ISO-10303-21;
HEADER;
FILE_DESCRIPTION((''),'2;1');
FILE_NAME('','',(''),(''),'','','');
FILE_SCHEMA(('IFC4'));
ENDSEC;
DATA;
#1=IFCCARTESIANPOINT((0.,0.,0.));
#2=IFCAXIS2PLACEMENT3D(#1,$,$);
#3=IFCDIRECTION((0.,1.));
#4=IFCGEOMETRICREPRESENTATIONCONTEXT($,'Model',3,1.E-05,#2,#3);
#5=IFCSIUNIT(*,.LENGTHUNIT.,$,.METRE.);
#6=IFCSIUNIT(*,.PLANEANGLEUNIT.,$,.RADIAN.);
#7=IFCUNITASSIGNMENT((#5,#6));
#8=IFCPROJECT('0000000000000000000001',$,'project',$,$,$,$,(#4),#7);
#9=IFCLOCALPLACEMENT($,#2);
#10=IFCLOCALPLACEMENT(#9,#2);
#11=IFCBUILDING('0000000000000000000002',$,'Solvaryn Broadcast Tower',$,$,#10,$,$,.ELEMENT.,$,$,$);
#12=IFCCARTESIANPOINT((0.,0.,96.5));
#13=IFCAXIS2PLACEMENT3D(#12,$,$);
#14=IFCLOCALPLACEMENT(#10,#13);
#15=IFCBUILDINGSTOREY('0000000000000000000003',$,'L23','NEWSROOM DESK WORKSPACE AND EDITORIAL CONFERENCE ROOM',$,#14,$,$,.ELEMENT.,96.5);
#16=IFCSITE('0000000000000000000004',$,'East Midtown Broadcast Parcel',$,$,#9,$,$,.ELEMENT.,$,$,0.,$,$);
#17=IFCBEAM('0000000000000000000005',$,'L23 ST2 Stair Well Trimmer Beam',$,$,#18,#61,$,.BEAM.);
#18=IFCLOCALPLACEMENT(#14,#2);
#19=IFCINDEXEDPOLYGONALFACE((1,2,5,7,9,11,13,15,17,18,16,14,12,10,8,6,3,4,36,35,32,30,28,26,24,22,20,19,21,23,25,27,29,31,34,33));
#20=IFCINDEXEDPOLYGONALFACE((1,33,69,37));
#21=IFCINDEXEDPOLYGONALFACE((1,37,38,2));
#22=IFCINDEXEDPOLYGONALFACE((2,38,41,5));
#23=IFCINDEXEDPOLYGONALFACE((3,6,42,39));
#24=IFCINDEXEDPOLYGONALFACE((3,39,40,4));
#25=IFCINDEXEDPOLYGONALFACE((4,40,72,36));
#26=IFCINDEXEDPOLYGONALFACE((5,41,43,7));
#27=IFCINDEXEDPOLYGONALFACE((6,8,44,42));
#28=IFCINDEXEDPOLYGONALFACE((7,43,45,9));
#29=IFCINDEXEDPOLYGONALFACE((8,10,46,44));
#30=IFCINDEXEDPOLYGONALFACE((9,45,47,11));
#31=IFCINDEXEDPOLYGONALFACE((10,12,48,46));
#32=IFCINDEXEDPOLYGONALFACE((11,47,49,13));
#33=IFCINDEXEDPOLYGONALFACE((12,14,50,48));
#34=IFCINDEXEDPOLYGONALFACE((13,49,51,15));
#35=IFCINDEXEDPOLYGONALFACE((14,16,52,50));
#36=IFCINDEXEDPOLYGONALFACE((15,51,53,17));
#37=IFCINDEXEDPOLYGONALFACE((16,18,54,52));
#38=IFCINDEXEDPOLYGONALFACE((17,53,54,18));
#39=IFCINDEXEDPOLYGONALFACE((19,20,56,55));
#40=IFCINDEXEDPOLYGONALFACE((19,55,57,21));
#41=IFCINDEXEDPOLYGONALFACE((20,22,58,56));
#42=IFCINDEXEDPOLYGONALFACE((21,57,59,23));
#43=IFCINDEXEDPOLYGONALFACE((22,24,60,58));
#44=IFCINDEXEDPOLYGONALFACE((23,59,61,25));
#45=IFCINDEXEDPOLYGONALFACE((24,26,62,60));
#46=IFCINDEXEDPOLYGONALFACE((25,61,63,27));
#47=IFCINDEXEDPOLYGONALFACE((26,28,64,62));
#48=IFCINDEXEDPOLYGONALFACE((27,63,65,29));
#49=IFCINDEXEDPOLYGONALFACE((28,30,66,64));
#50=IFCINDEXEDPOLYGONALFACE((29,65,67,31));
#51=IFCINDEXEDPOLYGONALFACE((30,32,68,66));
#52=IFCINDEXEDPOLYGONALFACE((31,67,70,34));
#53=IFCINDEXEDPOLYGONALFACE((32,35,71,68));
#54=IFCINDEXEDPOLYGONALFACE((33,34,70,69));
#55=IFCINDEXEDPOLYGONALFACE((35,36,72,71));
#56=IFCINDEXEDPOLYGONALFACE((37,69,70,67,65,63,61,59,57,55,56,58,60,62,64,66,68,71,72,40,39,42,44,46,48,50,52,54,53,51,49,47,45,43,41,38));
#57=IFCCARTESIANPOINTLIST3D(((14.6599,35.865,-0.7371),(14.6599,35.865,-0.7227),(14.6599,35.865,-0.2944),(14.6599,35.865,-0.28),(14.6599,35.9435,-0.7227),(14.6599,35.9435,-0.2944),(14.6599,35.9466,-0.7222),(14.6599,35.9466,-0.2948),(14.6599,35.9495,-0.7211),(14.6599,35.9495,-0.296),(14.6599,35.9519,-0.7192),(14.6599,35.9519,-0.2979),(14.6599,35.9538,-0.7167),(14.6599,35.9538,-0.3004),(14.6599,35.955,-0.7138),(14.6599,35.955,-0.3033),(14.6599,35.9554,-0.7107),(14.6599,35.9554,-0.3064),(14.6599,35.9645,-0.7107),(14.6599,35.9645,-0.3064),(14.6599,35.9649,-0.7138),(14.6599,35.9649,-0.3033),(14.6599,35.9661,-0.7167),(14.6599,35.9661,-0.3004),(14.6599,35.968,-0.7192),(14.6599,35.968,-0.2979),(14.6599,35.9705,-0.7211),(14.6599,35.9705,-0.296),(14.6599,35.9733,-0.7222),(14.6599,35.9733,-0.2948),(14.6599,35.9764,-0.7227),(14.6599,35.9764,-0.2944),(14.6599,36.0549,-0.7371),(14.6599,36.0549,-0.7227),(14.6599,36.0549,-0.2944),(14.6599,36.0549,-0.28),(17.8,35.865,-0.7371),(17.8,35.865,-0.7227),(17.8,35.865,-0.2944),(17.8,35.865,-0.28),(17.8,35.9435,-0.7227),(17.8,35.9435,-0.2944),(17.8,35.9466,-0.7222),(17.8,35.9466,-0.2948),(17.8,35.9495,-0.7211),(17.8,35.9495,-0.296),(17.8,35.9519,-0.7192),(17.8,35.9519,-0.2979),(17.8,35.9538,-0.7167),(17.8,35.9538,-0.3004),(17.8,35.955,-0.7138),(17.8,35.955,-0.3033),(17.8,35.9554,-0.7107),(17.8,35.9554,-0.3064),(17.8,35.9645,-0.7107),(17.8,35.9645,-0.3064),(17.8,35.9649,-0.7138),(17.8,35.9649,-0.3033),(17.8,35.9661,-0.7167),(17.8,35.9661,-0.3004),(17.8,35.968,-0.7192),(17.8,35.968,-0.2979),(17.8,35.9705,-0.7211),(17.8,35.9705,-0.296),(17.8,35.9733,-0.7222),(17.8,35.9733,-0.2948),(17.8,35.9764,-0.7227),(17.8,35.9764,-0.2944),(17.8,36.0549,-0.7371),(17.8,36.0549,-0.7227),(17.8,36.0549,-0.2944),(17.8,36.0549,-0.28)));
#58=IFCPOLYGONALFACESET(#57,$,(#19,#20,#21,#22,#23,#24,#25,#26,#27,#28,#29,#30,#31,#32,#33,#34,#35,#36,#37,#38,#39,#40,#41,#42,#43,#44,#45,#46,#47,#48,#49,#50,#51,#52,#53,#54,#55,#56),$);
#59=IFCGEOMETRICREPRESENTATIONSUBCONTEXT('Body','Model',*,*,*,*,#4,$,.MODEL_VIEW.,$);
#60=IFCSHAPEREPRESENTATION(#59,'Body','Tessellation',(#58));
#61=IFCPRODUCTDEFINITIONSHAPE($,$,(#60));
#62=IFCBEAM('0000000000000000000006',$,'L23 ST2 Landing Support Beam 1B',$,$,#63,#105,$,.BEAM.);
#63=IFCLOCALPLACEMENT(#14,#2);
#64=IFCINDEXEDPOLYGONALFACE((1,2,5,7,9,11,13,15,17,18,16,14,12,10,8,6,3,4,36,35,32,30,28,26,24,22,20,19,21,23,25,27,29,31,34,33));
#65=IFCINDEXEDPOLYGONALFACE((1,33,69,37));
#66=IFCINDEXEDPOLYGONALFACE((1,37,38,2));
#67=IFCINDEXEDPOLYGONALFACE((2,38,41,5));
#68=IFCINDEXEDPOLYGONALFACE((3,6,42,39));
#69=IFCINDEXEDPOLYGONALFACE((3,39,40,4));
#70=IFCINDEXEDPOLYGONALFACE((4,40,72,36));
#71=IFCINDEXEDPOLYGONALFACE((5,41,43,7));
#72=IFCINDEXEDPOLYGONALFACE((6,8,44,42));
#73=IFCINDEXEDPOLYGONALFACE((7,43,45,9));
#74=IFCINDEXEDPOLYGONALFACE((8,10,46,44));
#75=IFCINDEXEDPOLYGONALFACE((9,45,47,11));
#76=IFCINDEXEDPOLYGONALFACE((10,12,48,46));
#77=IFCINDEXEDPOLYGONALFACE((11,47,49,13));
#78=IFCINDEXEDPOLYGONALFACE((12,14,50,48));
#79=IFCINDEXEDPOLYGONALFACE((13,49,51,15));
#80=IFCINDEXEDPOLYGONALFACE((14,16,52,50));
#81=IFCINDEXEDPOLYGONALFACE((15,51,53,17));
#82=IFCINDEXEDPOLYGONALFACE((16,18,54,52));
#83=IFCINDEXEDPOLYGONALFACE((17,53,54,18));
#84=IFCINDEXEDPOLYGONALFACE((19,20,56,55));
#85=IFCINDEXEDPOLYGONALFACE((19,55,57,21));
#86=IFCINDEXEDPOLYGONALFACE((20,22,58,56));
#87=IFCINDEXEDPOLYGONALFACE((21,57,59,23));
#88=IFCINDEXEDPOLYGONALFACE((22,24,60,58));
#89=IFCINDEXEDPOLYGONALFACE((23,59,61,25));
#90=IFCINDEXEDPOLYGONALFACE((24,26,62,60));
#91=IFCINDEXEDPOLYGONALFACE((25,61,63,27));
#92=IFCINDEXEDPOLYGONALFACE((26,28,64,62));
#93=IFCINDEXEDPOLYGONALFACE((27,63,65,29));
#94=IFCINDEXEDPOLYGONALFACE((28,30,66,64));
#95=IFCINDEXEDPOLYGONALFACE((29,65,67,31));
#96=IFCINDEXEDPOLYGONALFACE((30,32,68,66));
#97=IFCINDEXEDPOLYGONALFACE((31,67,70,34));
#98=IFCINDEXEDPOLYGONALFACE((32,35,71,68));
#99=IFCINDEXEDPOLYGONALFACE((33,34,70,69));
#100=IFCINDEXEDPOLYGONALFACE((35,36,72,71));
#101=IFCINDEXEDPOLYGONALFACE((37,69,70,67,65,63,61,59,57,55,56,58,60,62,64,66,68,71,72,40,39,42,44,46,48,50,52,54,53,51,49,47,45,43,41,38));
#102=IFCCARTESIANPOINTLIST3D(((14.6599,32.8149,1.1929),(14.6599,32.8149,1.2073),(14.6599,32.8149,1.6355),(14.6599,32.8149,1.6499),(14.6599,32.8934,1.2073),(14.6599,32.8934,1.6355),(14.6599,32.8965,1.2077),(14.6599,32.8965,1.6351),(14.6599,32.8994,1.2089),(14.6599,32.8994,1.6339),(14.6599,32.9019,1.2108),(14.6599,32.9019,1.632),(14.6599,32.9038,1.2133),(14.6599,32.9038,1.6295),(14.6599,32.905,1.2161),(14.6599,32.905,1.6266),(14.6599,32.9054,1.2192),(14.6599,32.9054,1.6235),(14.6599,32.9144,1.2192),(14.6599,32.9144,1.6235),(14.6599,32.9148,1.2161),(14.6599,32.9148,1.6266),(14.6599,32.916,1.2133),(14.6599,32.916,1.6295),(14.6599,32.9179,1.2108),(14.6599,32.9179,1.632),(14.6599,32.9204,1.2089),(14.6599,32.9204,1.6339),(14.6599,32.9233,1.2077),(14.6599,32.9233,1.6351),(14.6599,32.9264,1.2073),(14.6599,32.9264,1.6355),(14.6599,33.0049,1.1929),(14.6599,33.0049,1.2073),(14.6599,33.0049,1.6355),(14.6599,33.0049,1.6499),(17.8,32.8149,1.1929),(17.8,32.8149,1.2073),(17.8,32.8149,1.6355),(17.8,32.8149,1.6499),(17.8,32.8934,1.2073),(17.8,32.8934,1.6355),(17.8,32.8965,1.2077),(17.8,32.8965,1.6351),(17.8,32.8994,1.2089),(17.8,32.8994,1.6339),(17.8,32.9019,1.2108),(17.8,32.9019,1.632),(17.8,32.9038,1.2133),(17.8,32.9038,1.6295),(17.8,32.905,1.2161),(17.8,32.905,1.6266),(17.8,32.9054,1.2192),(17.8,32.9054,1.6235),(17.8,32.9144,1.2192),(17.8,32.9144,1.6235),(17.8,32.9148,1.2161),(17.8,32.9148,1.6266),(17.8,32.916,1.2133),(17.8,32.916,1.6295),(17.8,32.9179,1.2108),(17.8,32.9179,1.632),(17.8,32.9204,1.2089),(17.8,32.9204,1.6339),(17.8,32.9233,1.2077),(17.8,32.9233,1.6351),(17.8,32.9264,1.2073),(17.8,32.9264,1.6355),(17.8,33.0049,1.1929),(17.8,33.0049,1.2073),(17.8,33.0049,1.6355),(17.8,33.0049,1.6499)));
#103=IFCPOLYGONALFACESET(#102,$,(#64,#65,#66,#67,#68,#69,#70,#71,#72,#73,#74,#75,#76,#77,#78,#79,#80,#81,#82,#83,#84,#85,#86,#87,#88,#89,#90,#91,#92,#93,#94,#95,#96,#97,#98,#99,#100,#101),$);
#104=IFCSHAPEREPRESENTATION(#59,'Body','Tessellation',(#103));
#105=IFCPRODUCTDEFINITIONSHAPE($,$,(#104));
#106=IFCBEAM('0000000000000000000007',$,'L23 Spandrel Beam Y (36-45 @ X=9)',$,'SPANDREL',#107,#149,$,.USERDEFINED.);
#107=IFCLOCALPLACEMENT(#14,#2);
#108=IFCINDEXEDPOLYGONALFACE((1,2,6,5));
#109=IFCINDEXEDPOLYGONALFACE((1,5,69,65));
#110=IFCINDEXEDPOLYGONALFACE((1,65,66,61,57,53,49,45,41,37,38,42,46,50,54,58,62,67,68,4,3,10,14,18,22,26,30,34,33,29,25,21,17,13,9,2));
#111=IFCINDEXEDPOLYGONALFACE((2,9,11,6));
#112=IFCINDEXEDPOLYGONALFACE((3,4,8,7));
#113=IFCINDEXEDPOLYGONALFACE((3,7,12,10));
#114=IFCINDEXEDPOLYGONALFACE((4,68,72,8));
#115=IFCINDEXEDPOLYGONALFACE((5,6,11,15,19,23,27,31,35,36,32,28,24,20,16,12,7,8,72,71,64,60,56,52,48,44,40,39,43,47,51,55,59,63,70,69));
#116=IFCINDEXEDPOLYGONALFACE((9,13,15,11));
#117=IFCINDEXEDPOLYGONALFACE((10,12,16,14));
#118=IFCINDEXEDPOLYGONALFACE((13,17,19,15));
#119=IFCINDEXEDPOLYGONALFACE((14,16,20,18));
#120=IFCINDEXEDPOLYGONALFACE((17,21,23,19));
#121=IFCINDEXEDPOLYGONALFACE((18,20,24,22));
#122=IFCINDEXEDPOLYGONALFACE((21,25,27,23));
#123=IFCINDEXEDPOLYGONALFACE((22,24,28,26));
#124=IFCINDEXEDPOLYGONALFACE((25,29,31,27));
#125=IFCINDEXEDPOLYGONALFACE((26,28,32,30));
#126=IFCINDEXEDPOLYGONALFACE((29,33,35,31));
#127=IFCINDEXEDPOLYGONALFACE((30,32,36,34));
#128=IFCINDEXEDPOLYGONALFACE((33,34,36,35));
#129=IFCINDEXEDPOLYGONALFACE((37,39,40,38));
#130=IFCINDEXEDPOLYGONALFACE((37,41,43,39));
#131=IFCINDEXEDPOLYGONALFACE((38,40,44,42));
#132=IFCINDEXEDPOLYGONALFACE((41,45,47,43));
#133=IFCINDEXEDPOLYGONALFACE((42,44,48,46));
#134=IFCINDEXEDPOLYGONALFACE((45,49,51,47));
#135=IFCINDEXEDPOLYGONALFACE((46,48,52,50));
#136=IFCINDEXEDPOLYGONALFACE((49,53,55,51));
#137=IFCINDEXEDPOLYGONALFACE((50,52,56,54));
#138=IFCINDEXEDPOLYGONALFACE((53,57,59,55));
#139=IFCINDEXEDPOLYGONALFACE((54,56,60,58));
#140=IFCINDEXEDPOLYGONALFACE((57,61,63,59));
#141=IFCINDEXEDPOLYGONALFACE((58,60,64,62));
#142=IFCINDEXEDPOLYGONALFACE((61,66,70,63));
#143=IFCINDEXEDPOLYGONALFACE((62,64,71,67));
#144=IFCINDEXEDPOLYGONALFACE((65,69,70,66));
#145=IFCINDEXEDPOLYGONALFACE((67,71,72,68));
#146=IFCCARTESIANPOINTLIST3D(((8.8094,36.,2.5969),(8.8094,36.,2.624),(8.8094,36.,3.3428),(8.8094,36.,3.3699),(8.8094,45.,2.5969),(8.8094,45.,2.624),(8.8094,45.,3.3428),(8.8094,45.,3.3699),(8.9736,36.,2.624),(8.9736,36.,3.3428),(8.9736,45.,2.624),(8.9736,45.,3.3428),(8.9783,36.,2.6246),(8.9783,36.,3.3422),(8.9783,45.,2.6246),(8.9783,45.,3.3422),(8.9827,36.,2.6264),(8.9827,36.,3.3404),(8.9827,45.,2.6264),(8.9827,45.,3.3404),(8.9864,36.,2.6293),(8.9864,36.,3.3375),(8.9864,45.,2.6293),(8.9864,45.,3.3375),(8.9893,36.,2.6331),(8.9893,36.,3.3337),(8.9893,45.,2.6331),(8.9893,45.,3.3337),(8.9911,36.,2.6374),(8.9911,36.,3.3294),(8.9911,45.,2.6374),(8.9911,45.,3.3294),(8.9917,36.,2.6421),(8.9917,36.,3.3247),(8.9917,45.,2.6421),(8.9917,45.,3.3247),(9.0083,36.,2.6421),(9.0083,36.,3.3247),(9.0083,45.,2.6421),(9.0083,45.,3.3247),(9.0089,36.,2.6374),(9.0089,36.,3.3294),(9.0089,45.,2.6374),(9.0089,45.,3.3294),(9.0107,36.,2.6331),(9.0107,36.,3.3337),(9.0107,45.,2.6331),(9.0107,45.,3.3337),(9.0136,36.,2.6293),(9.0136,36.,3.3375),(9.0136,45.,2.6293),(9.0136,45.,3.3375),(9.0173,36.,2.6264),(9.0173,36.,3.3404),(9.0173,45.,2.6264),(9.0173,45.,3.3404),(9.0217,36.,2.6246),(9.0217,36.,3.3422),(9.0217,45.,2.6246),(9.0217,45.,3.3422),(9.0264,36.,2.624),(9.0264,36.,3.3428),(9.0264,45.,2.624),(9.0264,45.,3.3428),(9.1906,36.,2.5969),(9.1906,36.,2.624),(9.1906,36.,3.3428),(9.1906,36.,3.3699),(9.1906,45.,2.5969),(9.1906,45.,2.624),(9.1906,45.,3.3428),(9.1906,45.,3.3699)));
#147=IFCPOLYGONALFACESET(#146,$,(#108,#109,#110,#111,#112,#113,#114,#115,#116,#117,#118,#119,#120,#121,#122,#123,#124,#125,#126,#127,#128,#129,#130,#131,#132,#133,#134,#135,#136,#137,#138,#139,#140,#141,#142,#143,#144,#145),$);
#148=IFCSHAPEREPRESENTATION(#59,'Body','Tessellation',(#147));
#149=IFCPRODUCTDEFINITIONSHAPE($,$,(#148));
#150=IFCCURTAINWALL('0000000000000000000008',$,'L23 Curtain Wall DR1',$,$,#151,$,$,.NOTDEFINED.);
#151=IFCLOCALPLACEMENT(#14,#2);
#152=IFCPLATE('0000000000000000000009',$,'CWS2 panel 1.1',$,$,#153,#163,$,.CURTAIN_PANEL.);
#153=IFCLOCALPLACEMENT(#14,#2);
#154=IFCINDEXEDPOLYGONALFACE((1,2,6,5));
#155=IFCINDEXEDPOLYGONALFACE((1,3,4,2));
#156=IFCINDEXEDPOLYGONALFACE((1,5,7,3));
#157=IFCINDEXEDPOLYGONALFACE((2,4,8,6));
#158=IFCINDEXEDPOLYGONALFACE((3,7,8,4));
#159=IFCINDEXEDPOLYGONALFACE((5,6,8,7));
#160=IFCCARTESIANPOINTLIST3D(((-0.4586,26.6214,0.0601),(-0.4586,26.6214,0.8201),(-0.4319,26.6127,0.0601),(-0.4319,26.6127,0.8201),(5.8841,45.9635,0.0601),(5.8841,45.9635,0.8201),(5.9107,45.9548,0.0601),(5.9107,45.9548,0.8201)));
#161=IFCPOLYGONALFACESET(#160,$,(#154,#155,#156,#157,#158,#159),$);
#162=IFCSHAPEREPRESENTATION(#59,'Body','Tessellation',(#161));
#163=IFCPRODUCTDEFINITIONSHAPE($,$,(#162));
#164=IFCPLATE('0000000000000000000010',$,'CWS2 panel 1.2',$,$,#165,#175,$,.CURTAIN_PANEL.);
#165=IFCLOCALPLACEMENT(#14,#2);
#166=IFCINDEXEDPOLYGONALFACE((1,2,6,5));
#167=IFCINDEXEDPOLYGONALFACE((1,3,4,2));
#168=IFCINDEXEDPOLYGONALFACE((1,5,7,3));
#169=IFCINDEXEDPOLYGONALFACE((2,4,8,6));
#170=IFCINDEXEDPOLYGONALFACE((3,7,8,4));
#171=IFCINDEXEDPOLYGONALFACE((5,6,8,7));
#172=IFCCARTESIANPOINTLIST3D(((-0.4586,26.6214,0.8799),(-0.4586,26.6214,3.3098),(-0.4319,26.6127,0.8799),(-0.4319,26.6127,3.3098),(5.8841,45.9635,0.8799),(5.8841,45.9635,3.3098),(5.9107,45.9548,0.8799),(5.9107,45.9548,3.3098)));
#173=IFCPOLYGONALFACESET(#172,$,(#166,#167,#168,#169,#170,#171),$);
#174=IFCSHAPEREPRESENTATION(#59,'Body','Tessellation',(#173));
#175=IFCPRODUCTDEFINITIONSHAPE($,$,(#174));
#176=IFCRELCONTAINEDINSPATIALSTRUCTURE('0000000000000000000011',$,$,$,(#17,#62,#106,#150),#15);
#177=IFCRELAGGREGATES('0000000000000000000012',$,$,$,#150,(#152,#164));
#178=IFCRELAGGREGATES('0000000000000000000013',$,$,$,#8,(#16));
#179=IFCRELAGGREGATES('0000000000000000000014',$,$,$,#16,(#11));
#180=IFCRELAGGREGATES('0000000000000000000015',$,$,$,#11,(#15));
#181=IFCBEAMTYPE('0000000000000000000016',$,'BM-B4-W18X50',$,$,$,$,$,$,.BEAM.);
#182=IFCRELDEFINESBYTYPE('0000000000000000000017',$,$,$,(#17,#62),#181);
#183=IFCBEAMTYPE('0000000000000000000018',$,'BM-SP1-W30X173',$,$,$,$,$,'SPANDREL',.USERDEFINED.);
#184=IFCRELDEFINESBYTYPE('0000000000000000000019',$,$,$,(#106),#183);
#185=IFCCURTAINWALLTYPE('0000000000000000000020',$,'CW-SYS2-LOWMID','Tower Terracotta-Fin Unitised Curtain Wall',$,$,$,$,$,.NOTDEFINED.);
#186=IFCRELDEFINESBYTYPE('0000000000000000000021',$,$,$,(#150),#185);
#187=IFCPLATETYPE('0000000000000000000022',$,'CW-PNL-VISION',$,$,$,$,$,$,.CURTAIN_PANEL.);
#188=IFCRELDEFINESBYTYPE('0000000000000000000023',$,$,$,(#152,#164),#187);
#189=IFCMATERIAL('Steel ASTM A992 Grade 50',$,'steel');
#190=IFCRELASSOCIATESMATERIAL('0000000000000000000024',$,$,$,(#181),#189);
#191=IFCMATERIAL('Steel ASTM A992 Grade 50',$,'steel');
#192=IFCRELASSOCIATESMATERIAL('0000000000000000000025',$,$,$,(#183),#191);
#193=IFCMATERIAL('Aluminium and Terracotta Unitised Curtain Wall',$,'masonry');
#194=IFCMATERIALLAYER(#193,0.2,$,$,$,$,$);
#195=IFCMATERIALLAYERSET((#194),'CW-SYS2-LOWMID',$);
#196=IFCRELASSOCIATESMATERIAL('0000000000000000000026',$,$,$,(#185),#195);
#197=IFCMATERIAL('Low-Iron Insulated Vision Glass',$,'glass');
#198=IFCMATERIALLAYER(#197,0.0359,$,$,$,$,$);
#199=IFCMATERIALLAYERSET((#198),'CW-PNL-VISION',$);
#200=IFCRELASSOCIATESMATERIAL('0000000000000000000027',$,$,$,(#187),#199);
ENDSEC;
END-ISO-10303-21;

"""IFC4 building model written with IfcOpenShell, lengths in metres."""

from ifc_helpers import new_model, si_unit, direction, frame, origin, origin_2d, place, context, subcontext, project, spatial, rectangle, i_section, extrude, material, layer, layer_set, material_profile, profile_set, type_object, element, aggregate, save


model = new_model("IFC4")

# Units and contexts
model_context = context("Model", 3, precision=1e-05, world=origin(), true_north=direction((0.0, 1.0)))
body_context = subcontext(model_context, "Body", "Model", "MODEL_VIEW")
ifc_project = project(units=[si_unit("LENGTHUNIT", "METRE"), si_unit("PLANEANGLEUNIT", "RADIAN")], contexts=[model_context])

# Site, building, storey
site_placement = place(None, origin())
site = spatial("IfcSite", under=ifc_project, at=site_placement, Name="East Midtown Broadcast Parcel", CompositionType="ELEMENT", RefElevation=0.0)
building_placement = place(site_placement, origin())
building = spatial("IfcBuilding", under=site, at=building_placement, Name="Solvaryn Broadcast Tower", CompositionType="ELEMENT")
storey_placement = place(building_placement, frame((0.0, 0.0, 96.5)))
storey = spatial("IfcBuildingStorey", under=building, at=storey_placement, Name="L23", Description="NEWSROOM DESK WORKSPACE AND EDITORIAL CONFERENCE ROOM", CompositionType="ELEMENT", Elevation=96.5)

# Beams
ifc_material_1 = material(Name="Steel ASTM A992 Grade 50", Category="steel")
ifc_material_profile_1 = material_profile(ifc_material_1, i_section(OverallWidth=0.1899, OverallDepth=0.457, WebThickness=0.009, FlangeThickness=0.0144, FilletRadius=0.012, at=origin_2d()))
ifc_profile_set_1 = profile_set([ifc_material_profile_1], Name="Steel ASTM A992 Grade 50")
beam_type_1 = type_object("IfcBeamType", Name="BM-B4-W18X50", PredefinedType="BEAM", material=ifc_profile_set_1)
for number, where, z_axis, x_axis, name in (
    (1, (14.6599, 35.96, -0.5085), (1.0, 0.0, 0.0), (0.0, 1.0, 0.0), "L23 ST2 Stair Well Trimmer Beam"),
    (2, (14.6599, 32.9099, 1.4214), (1.0, 0.0, 0.0), (0.0, 1.0, 0.0), "L23 ST2 Landing Support Beam 1B"),
):
    element("IfcBeam", number, at=place(storey_placement, frame(where, z_axis=z_axis, x_axis=x_axis)), inside=storey, type_object=beam_type_1, Name=name, PredefinedType="BEAM", context=body_context, shape_type="SweptSolid", body=[
        extrude(i_section(OverallWidth=0.1899, OverallDepth=0.457, WebThickness=0.009, FlangeThickness=0.0144, FilletRadius=0.012, at=origin_2d()), origin(), (0.0, 0.0, 1.0), 3.1401),
    ])
ifc_material_2 = material(Name="Steel ASTM A992 Grade 50", Category="steel")
ifc_material_profile_2 = material_profile(ifc_material_2, i_section(OverallWidth=0.3811, OverallDepth=0.7729, WebThickness=0.0166, FlangeThickness=0.0271, FilletRadius=0.0181, at=origin_2d()))
ifc_profile_set_2 = profile_set([ifc_material_profile_2], Name="Steel ASTM A992 Grade 50")
beam_type_2 = type_object("IfcBeamType", Name="BM-SP1-W30X173", ElementType="SPANDREL", PredefinedType="USERDEFINED", material=ifc_profile_set_2)
beam_1_placement = place(storey_placement, frame((9.0, 36.0, 2.9834), z_axis=(0.0, 1.0, 0.0), x_axis=(-1.0, 0.0, 0.0)))
element("IfcBeam", 3, at=beam_1_placement, inside=storey, type_object=beam_type_2, Name="L23 Spandrel Beam Y (36-45 @ X=9)", ObjectType="SPANDREL", PredefinedType="USERDEFINED", context=body_context, shape_type="SweptSolid", body=[
    extrude(i_section(OverallWidth=0.3811, OverallDepth=0.7729, WebThickness=0.0166, FlangeThickness=0.0271, FilletRadius=0.0181, at=origin_2d()), origin(), (0.0, 0.0, 1.0), 9.0),
])

# Curtain wall, plates
ifc_material_3 = material(Name="Aluminium and Terracotta Unitised Curtain Wall", Category="masonry")
ifc_layer_1 = layer(ifc_material_3, 0.2)
ifc_layer_set_1 = layer_set([ifc_layer_1], Name="CW-SYS2-LOWMID")
curtain_wall_type = type_object("IfcCurtainWallType", Name="CW-SYS2-LOWMID", Description="Tower Terracotta-Fin Unitised Curtain Wall", PredefinedType="NOTDEFINED", material=ifc_layer_set_1)
curtain_wall_placement = place(storey_placement, origin())
curtain_wall = element("IfcCurtainWall", 4, at=curtain_wall_placement, inside=storey, type_object=curtain_wall_type, Name="L23 Curtain Wall DR1", PredefinedType="NOTDEFINED")
ifc_material_4 = material(Name="Low-Iron Insulated Vision Glass", Category="glass")
ifc_layer_2 = layer(ifc_material_4, 0.0359)
ifc_layer_set_2 = layer_set([ifc_layer_2], Name="CW-PNL-VISION")
plate_type = type_object("IfcPlateType", Name="CW-PNL-VISION", PredefinedType="CURTAIN_PANEL", material=ifc_layer_set_2)
plate_1_placement = place(storey_placement, frame((2.7261, 36.2881, 0.0601), z_axis=(0.0, 0.0, 1.0), x_axis=(-0.311594, -0.950215, 0.0)))
plate_1 = element("IfcPlate", 5, at=plate_1_placement, type_object=plate_type, Name="CWS2 panel 1.1", PredefinedType="CURTAIN_PANEL", context=body_context, shape_type="SweptSolid", body=[
    extrude(rectangle(XDim=20.3555, YDim=0.0281, at=origin_2d()), origin(), (0.0, 0.0, 1.0), 0.76),
])
plate_2_placement = place(storey_placement, frame((2.7261, 36.2881, 0.8799), z_axis=(0.0, 0.0, 1.0), x_axis=(-0.311594, -0.950215, 0.0)))
plate_2 = element("IfcPlate", 6, at=plate_2_placement, type_object=plate_type, Name="CWS2 panel 1.2", PredefinedType="CURTAIN_PANEL", context=body_context, shape_type="SweptSolid", body=[
    extrude(rectangle(XDim=20.3555, YDim=0.0281, at=origin_2d()), origin(), (0.0, 0.0, 1.0), 2.4299),
])
aggregate(curtain_wall, [plate_1, plate_2])

save(model, "model.ifc")
